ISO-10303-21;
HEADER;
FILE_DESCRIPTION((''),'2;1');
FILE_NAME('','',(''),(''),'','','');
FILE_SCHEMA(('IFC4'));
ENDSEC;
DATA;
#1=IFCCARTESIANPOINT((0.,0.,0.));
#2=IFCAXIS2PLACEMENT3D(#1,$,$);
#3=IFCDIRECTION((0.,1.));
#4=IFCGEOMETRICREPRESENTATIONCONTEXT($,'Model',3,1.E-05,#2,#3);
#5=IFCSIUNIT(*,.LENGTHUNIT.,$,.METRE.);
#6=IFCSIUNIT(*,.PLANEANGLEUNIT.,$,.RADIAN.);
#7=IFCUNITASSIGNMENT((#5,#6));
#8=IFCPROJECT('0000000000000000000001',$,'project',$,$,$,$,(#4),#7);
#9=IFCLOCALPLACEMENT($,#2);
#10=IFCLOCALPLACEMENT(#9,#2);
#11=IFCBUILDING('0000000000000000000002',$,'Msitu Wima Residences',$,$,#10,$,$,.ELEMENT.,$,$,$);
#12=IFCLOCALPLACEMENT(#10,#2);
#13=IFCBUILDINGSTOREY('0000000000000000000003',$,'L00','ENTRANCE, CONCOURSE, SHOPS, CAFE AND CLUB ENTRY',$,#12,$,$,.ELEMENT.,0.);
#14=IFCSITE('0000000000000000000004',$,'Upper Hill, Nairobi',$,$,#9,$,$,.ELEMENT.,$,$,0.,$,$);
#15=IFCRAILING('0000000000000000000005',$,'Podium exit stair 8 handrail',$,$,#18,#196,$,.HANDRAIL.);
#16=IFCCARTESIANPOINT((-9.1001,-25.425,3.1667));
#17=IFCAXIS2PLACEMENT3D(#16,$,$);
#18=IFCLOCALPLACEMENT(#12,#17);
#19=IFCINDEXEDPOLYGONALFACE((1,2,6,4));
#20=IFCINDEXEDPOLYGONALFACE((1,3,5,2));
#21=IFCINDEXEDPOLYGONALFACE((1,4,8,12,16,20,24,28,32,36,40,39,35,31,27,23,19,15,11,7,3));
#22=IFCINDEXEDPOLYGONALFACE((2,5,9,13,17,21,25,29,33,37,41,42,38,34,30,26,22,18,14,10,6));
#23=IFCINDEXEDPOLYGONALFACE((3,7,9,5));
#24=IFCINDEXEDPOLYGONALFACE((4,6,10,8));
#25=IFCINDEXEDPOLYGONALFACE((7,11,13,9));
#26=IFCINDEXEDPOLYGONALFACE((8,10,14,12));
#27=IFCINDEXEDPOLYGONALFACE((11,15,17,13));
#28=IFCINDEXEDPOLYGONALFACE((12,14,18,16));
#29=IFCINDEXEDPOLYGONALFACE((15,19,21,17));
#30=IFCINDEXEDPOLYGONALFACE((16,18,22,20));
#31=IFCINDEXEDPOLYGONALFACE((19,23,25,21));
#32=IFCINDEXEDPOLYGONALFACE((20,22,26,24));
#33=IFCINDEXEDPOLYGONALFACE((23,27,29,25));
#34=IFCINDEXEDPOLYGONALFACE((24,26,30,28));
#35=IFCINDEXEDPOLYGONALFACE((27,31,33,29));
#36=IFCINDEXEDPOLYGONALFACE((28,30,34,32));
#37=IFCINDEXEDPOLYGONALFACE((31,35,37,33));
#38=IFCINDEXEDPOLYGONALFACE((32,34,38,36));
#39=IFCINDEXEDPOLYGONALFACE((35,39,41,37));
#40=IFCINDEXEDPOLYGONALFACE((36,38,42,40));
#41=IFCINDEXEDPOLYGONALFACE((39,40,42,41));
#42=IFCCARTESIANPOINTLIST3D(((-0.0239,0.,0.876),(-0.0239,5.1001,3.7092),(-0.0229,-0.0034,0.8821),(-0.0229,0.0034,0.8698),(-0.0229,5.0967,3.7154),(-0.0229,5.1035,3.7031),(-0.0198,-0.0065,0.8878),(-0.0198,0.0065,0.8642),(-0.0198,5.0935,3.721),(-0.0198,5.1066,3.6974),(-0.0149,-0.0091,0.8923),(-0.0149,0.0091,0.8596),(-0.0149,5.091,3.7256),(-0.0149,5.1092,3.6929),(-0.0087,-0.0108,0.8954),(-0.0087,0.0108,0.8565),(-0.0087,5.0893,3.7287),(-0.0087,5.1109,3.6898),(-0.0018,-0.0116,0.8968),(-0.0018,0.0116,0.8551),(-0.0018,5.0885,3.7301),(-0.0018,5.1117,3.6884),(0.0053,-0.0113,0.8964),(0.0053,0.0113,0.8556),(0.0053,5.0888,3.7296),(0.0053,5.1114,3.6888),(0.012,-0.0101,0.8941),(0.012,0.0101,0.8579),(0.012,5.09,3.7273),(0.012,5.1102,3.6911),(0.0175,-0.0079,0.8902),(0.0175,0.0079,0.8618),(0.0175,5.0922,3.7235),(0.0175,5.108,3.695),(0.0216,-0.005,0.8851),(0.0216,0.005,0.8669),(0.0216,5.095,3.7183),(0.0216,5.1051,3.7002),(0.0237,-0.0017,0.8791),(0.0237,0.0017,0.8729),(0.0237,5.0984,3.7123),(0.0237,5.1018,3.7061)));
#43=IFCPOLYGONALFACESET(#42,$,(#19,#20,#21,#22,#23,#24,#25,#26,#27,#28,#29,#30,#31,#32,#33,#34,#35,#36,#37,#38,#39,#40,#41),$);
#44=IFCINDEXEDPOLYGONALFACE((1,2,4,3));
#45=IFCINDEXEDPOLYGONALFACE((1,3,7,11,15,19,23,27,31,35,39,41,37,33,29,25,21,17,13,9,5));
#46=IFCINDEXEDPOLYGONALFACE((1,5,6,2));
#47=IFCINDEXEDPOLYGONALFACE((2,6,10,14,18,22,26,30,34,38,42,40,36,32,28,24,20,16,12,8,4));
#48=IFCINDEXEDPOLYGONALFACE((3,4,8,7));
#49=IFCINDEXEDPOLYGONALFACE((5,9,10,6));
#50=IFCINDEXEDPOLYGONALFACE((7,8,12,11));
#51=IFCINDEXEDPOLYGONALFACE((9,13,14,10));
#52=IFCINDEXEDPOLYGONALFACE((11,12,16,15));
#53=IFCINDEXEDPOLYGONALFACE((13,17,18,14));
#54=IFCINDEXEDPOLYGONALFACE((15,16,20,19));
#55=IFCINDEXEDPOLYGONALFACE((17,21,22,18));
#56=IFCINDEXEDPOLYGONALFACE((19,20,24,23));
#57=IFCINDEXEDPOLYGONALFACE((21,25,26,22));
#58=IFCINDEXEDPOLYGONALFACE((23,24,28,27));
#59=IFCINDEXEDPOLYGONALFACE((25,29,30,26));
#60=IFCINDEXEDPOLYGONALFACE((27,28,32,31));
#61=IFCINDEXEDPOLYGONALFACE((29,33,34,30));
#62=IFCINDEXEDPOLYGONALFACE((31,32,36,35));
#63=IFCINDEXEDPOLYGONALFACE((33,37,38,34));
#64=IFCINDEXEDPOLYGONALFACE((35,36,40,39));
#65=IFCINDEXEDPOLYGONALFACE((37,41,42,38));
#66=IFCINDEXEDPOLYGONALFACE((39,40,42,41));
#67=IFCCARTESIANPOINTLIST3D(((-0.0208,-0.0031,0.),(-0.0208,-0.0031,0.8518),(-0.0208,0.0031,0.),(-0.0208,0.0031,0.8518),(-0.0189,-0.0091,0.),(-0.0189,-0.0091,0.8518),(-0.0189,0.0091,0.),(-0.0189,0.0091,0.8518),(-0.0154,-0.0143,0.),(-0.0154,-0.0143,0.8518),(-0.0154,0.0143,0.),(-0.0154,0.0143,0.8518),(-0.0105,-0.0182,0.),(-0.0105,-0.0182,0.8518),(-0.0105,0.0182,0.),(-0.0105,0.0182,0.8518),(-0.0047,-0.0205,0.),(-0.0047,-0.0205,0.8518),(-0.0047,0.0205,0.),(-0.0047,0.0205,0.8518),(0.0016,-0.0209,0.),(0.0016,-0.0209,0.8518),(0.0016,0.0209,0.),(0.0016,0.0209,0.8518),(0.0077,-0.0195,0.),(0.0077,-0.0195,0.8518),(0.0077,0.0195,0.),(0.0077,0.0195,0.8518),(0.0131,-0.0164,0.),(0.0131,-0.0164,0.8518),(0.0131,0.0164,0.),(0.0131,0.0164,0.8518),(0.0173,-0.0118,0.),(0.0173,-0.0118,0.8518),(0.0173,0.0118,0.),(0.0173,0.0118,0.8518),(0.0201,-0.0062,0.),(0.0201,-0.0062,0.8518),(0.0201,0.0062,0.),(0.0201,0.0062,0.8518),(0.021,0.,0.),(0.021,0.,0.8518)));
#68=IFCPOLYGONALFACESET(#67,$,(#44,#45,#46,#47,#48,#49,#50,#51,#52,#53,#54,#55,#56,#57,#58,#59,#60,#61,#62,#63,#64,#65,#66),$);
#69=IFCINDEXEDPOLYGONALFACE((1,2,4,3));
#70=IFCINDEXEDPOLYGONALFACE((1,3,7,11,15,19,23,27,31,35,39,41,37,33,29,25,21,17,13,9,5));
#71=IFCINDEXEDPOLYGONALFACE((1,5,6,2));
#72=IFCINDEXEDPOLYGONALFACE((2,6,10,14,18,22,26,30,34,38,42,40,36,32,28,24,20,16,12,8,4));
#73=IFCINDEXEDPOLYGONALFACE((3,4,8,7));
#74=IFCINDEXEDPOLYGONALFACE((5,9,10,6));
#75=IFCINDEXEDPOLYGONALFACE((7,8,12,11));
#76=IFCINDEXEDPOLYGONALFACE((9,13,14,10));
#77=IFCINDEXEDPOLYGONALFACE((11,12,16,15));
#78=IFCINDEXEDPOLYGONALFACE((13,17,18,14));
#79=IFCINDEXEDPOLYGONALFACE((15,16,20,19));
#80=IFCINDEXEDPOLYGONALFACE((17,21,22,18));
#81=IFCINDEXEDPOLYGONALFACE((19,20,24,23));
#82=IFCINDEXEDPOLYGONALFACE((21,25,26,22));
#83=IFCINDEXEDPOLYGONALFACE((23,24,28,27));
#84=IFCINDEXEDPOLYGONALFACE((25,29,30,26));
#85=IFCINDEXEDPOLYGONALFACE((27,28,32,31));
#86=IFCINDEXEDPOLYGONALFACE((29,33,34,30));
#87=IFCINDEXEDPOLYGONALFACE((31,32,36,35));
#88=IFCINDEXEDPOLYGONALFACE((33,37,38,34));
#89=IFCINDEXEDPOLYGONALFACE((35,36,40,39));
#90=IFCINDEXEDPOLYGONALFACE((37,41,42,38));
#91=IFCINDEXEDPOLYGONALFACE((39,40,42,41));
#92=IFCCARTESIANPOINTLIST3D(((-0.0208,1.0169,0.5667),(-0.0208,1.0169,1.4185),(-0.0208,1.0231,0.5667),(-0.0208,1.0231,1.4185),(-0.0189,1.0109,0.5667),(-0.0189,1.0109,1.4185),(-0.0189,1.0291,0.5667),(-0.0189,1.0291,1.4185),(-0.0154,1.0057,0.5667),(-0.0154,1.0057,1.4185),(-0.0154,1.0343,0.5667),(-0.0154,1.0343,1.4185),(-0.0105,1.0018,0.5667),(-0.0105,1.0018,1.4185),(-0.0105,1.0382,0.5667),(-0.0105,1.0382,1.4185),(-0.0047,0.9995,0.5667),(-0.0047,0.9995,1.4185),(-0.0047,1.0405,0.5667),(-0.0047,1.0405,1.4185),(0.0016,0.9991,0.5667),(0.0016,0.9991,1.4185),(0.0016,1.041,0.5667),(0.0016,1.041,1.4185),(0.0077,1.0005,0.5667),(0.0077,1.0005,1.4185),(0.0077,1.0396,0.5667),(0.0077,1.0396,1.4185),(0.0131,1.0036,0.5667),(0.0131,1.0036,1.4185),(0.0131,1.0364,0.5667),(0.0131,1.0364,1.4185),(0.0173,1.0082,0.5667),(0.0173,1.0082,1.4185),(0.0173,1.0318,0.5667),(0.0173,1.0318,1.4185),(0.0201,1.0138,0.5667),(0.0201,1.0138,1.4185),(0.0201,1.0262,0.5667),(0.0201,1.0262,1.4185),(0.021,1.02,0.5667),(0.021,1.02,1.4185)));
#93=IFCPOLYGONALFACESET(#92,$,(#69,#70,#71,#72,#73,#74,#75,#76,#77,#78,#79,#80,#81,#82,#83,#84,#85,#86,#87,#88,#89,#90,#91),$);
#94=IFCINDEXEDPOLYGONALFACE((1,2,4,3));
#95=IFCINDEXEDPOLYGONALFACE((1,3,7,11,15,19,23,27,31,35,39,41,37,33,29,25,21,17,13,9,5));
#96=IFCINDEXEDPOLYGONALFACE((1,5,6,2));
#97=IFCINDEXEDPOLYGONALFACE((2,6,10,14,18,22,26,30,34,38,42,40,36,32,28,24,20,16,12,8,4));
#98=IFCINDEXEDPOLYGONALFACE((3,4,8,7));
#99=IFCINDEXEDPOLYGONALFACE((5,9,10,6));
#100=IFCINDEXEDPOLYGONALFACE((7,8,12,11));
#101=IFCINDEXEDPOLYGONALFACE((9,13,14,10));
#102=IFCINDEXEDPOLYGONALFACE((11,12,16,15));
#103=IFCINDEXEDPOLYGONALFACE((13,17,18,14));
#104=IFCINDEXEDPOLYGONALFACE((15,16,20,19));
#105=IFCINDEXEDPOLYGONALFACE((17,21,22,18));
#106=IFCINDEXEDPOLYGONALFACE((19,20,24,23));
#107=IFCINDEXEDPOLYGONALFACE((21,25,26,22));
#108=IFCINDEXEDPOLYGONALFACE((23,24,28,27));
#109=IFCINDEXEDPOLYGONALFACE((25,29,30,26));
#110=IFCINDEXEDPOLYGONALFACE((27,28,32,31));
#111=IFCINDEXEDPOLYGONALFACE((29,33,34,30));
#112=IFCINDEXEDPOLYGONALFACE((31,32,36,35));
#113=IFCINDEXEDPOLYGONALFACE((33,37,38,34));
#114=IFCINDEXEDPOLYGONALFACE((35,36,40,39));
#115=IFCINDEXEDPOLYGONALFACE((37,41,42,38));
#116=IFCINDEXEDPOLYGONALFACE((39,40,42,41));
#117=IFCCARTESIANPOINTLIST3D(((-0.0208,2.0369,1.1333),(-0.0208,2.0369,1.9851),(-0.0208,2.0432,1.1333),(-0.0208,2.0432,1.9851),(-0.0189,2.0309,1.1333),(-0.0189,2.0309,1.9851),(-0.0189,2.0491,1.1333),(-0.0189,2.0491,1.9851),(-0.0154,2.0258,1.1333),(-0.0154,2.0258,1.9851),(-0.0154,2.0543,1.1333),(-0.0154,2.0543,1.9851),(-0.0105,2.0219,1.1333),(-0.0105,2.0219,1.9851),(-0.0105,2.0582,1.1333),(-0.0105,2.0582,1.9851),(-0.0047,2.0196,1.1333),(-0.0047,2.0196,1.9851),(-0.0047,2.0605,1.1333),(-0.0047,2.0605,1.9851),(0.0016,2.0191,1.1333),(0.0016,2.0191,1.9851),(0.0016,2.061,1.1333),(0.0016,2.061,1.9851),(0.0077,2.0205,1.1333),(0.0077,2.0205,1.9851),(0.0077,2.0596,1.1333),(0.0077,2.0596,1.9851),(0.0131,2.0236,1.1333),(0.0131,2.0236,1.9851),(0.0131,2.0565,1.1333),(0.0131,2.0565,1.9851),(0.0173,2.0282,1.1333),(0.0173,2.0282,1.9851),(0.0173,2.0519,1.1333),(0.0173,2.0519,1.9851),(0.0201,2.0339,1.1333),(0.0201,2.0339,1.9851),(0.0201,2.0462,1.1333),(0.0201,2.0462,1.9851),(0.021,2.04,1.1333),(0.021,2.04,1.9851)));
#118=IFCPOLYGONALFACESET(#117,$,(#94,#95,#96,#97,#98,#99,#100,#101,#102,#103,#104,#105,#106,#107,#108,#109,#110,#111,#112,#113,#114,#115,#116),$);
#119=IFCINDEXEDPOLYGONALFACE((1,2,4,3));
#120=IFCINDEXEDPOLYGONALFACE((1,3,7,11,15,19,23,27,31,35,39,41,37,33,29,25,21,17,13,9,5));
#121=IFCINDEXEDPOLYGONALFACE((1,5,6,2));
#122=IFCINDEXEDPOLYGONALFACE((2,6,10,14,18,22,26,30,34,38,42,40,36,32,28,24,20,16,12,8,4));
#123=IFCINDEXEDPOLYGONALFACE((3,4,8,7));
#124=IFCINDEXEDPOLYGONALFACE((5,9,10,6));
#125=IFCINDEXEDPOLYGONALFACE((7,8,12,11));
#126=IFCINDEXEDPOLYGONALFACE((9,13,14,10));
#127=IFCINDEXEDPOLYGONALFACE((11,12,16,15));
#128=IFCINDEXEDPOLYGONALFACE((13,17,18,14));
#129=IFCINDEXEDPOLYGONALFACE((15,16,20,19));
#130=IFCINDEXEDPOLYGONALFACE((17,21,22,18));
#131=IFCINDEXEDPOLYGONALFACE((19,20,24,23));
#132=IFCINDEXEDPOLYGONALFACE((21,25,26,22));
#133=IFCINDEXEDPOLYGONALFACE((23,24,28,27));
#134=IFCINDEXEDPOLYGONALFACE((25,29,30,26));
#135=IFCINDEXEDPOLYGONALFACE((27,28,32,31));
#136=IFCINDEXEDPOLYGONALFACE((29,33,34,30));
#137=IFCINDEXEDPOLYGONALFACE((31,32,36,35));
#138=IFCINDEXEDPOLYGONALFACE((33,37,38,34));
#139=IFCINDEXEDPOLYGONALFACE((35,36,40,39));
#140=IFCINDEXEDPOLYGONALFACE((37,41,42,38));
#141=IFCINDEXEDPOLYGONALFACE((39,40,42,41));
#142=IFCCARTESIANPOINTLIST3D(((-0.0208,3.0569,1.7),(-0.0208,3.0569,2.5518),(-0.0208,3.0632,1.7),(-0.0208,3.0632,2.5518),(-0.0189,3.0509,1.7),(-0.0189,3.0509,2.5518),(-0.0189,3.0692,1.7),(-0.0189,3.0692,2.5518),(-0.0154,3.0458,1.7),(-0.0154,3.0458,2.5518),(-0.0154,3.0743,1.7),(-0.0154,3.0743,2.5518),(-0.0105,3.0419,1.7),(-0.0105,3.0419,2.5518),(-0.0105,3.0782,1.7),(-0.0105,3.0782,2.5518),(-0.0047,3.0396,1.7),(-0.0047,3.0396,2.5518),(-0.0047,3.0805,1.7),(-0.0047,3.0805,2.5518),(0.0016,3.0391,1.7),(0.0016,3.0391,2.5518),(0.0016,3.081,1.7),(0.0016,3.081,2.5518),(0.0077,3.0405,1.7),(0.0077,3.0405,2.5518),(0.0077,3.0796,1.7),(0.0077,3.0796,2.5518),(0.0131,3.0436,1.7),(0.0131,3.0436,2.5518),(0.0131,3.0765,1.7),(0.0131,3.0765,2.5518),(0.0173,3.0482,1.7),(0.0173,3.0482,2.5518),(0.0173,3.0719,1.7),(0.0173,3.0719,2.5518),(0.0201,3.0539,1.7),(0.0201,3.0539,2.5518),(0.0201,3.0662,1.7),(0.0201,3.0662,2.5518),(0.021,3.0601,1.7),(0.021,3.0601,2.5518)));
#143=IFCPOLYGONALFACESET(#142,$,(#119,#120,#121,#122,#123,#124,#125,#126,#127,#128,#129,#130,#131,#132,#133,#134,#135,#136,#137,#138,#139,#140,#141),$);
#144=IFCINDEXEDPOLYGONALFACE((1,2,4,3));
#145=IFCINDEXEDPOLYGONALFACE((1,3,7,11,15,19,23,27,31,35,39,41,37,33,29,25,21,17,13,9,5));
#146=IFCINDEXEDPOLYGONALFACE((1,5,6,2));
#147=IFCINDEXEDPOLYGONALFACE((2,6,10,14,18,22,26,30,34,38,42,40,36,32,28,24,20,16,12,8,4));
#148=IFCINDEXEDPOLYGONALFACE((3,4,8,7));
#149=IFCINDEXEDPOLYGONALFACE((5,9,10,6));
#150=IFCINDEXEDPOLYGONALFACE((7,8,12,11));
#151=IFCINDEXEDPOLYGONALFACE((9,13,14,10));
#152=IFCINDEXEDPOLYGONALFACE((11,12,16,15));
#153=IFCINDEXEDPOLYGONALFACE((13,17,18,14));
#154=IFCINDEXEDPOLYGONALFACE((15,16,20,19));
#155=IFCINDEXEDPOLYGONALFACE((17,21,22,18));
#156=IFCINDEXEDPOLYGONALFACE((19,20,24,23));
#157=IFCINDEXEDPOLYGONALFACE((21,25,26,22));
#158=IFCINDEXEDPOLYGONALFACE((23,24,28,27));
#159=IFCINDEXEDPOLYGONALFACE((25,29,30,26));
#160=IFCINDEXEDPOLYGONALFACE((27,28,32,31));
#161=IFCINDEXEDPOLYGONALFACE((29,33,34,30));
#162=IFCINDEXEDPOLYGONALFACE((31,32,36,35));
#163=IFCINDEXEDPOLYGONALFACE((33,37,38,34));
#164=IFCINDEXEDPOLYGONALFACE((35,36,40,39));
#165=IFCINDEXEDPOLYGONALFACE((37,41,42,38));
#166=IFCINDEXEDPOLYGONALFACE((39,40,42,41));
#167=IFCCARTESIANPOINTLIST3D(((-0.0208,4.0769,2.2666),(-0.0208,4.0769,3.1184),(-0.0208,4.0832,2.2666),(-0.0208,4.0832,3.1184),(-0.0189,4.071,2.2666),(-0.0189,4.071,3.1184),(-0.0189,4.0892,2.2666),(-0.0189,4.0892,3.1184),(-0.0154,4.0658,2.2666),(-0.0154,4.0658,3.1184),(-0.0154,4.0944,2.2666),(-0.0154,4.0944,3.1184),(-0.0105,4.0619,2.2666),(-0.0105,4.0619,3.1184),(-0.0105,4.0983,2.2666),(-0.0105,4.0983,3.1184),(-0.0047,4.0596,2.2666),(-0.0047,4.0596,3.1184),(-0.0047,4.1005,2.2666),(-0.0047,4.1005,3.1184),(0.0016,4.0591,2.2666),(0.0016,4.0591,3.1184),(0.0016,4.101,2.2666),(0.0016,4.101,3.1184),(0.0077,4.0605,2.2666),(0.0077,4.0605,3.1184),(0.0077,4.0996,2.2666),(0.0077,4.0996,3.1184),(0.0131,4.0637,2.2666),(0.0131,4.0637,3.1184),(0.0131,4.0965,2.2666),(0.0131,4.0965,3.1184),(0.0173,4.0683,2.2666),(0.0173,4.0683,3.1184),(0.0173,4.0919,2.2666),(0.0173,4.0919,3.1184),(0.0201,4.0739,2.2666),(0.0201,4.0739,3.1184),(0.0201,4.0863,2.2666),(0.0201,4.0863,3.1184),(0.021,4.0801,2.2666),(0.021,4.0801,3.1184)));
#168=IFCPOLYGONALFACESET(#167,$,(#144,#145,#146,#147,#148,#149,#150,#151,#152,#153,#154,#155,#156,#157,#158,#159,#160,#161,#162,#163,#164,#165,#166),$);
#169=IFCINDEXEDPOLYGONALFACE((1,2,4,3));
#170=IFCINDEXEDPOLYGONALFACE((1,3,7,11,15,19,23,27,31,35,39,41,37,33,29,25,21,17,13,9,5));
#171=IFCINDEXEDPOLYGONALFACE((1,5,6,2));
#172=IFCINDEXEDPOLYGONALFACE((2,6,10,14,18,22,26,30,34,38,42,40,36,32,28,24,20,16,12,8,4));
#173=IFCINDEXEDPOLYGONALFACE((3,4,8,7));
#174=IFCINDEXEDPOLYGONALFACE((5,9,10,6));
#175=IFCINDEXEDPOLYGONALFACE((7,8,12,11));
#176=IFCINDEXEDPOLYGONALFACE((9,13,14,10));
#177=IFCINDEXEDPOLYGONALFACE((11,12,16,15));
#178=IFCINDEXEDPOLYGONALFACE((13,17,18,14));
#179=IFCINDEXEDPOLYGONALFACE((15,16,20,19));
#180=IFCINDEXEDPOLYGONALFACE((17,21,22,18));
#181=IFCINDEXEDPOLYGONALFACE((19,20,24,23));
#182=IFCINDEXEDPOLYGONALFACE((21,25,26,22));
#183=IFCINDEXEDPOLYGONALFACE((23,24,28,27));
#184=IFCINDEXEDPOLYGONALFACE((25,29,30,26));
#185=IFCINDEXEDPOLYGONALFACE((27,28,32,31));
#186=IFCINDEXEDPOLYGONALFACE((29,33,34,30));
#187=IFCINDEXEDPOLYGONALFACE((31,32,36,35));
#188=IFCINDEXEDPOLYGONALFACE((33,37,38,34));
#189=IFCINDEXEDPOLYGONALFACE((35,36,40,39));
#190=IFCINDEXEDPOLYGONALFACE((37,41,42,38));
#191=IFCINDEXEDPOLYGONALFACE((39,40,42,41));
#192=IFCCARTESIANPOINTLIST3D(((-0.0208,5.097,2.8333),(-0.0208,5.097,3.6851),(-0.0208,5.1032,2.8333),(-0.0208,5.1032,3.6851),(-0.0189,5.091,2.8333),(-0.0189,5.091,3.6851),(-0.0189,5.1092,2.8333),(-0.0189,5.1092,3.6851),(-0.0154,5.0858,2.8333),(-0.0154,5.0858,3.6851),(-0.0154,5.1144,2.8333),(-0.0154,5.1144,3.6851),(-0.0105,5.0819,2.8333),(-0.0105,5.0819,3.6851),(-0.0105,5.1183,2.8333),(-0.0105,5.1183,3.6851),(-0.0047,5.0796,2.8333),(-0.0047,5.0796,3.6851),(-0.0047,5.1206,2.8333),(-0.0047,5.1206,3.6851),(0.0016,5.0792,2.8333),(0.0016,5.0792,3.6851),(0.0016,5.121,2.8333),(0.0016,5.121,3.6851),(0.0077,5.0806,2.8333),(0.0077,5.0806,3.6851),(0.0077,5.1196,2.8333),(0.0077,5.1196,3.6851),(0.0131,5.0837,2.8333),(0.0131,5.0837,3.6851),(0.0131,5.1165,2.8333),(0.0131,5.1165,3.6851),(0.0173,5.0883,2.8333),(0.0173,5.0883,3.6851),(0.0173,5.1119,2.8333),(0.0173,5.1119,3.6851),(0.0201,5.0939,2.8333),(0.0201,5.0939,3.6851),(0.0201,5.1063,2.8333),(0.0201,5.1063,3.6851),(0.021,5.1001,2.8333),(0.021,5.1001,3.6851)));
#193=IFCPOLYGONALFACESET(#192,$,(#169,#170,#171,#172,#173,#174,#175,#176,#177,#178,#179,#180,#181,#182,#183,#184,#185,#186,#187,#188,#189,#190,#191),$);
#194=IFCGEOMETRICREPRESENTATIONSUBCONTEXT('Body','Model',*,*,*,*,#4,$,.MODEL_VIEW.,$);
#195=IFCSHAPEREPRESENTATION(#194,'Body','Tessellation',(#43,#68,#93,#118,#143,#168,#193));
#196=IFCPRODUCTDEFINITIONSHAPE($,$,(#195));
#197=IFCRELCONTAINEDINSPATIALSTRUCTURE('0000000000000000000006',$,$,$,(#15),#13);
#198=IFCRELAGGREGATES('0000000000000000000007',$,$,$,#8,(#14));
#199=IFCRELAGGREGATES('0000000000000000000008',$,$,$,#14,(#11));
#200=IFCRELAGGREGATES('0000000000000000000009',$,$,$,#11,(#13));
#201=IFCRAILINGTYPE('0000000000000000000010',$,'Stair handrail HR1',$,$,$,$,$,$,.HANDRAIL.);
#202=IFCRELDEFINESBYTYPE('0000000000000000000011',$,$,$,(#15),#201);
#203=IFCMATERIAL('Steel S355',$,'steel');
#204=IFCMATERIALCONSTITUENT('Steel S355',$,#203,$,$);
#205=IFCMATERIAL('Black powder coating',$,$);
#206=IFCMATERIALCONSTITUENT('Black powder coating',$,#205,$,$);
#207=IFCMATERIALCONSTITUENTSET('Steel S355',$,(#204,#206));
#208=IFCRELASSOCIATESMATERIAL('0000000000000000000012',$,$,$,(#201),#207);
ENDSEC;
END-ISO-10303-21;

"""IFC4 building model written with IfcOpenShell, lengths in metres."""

from ifc_helpers import new_model, si_unit, direction, frame, origin, origin_2d, place, context, subcontext, project, spatial, circle, extrude, material, constituent, constituent_set, type_object, element, save


model = new_model("IFC4")

# Units and contexts
model_context = context("Model", 3, precision=1e-05, world=origin(), true_north=direction((0.0, 1.0)))
body_context = subcontext(model_context, "Body", "Model", "MODEL_VIEW")
ifc_project = project(units=[si_unit("LENGTHUNIT", "METRE"), si_unit("PLANEANGLEUNIT", "RADIAN")], contexts=[model_context])

# Site, building, storey
site_placement = place(None, origin())
site = spatial("IfcSite", under=ifc_project, at=site_placement, Name="Upper Hill, Nairobi", CompositionType="ELEMENT", RefElevation=0.0)
building_placement = place(site_placement, origin())
building = spatial("IfcBuilding", under=site, at=building_placement, Name="Msitu Wima Residences", CompositionType="ELEMENT")
storey_placement = place(building_placement, origin())
storey = spatial("IfcBuildingStorey", under=building, at=storey_placement, Name="L00", Description="ENTRANCE, CONCOURSE, SHOPS, CAFE AND CLUB ENTRY", CompositionType="ELEMENT", Elevation=0.0)

# Railing
ifc_material_1 = material(Name="Steel S355", Category="steel")
ifc_constituent_1 = constituent(ifc_material_1, Name="Steel S355")
ifc_material_2 = material(Name="Black powder coating")
ifc_constituent_2 = constituent(ifc_material_2, Name="Black powder coating")
ifc_constituent_set = constituent_set(constituents=[ifc_constituent_1, ifc_constituent_2], Name="Steel S355")
railing_type = type_object("IfcRailingType", Name="Stair handrail HR1", PredefinedType="HANDRAIL", material=ifc_constituent_set)
railing_placement = place(storey_placement, frame((-9.1001, -25.425, 3.1667)))
element("IfcRailing", 1, at=railing_placement, inside=storey, type_object=railing_type, Name="Podium exit stair 8 handrail", PredefinedType="HANDRAIL", context=body_context, shape_type="SweptSolid", body=[
    extrude(circle(Radius=0.0239, at=origin_2d()), frame((0.0, 0.0, 0.876), z_axis=(0.0, 0.874167, 0.485625), x_axis=(-1.0, 0.0, 0.0)), (0.0, 0.0, 1.0), 5.8342),
    extrude(circle(Radius=0.021, at=origin_2d()), origin(), (0.0, 0.0, 1.0), 0.8518),
    extrude(circle(Radius=0.021, at=origin_2d()), frame((0.0, 1.02, 0.5667)), (0.0, 0.0, 1.0), 0.8518),
    extrude(circle(Radius=0.021, at=origin_2d()), frame((0.0, 2.04, 1.1333)), (0.0, 0.0, 1.0), 0.8518),
    extrude(circle(Radius=0.021, at=origin_2d()), frame((0.0, 3.0601, 1.7)), (0.0, 0.0, 1.0), 0.8518),
    extrude(circle(Radius=0.021, at=origin_2d()), frame((0.0, 4.0801, 2.2666)), (0.0, 0.0, 1.0), 0.8518),
    extrude(circle(Radius=0.021, at=origin_2d()), frame((0.0, 5.1001, 2.8333)), (0.0, 0.0, 1.0), 0.8518),
])

save(model, "model.ifc")
